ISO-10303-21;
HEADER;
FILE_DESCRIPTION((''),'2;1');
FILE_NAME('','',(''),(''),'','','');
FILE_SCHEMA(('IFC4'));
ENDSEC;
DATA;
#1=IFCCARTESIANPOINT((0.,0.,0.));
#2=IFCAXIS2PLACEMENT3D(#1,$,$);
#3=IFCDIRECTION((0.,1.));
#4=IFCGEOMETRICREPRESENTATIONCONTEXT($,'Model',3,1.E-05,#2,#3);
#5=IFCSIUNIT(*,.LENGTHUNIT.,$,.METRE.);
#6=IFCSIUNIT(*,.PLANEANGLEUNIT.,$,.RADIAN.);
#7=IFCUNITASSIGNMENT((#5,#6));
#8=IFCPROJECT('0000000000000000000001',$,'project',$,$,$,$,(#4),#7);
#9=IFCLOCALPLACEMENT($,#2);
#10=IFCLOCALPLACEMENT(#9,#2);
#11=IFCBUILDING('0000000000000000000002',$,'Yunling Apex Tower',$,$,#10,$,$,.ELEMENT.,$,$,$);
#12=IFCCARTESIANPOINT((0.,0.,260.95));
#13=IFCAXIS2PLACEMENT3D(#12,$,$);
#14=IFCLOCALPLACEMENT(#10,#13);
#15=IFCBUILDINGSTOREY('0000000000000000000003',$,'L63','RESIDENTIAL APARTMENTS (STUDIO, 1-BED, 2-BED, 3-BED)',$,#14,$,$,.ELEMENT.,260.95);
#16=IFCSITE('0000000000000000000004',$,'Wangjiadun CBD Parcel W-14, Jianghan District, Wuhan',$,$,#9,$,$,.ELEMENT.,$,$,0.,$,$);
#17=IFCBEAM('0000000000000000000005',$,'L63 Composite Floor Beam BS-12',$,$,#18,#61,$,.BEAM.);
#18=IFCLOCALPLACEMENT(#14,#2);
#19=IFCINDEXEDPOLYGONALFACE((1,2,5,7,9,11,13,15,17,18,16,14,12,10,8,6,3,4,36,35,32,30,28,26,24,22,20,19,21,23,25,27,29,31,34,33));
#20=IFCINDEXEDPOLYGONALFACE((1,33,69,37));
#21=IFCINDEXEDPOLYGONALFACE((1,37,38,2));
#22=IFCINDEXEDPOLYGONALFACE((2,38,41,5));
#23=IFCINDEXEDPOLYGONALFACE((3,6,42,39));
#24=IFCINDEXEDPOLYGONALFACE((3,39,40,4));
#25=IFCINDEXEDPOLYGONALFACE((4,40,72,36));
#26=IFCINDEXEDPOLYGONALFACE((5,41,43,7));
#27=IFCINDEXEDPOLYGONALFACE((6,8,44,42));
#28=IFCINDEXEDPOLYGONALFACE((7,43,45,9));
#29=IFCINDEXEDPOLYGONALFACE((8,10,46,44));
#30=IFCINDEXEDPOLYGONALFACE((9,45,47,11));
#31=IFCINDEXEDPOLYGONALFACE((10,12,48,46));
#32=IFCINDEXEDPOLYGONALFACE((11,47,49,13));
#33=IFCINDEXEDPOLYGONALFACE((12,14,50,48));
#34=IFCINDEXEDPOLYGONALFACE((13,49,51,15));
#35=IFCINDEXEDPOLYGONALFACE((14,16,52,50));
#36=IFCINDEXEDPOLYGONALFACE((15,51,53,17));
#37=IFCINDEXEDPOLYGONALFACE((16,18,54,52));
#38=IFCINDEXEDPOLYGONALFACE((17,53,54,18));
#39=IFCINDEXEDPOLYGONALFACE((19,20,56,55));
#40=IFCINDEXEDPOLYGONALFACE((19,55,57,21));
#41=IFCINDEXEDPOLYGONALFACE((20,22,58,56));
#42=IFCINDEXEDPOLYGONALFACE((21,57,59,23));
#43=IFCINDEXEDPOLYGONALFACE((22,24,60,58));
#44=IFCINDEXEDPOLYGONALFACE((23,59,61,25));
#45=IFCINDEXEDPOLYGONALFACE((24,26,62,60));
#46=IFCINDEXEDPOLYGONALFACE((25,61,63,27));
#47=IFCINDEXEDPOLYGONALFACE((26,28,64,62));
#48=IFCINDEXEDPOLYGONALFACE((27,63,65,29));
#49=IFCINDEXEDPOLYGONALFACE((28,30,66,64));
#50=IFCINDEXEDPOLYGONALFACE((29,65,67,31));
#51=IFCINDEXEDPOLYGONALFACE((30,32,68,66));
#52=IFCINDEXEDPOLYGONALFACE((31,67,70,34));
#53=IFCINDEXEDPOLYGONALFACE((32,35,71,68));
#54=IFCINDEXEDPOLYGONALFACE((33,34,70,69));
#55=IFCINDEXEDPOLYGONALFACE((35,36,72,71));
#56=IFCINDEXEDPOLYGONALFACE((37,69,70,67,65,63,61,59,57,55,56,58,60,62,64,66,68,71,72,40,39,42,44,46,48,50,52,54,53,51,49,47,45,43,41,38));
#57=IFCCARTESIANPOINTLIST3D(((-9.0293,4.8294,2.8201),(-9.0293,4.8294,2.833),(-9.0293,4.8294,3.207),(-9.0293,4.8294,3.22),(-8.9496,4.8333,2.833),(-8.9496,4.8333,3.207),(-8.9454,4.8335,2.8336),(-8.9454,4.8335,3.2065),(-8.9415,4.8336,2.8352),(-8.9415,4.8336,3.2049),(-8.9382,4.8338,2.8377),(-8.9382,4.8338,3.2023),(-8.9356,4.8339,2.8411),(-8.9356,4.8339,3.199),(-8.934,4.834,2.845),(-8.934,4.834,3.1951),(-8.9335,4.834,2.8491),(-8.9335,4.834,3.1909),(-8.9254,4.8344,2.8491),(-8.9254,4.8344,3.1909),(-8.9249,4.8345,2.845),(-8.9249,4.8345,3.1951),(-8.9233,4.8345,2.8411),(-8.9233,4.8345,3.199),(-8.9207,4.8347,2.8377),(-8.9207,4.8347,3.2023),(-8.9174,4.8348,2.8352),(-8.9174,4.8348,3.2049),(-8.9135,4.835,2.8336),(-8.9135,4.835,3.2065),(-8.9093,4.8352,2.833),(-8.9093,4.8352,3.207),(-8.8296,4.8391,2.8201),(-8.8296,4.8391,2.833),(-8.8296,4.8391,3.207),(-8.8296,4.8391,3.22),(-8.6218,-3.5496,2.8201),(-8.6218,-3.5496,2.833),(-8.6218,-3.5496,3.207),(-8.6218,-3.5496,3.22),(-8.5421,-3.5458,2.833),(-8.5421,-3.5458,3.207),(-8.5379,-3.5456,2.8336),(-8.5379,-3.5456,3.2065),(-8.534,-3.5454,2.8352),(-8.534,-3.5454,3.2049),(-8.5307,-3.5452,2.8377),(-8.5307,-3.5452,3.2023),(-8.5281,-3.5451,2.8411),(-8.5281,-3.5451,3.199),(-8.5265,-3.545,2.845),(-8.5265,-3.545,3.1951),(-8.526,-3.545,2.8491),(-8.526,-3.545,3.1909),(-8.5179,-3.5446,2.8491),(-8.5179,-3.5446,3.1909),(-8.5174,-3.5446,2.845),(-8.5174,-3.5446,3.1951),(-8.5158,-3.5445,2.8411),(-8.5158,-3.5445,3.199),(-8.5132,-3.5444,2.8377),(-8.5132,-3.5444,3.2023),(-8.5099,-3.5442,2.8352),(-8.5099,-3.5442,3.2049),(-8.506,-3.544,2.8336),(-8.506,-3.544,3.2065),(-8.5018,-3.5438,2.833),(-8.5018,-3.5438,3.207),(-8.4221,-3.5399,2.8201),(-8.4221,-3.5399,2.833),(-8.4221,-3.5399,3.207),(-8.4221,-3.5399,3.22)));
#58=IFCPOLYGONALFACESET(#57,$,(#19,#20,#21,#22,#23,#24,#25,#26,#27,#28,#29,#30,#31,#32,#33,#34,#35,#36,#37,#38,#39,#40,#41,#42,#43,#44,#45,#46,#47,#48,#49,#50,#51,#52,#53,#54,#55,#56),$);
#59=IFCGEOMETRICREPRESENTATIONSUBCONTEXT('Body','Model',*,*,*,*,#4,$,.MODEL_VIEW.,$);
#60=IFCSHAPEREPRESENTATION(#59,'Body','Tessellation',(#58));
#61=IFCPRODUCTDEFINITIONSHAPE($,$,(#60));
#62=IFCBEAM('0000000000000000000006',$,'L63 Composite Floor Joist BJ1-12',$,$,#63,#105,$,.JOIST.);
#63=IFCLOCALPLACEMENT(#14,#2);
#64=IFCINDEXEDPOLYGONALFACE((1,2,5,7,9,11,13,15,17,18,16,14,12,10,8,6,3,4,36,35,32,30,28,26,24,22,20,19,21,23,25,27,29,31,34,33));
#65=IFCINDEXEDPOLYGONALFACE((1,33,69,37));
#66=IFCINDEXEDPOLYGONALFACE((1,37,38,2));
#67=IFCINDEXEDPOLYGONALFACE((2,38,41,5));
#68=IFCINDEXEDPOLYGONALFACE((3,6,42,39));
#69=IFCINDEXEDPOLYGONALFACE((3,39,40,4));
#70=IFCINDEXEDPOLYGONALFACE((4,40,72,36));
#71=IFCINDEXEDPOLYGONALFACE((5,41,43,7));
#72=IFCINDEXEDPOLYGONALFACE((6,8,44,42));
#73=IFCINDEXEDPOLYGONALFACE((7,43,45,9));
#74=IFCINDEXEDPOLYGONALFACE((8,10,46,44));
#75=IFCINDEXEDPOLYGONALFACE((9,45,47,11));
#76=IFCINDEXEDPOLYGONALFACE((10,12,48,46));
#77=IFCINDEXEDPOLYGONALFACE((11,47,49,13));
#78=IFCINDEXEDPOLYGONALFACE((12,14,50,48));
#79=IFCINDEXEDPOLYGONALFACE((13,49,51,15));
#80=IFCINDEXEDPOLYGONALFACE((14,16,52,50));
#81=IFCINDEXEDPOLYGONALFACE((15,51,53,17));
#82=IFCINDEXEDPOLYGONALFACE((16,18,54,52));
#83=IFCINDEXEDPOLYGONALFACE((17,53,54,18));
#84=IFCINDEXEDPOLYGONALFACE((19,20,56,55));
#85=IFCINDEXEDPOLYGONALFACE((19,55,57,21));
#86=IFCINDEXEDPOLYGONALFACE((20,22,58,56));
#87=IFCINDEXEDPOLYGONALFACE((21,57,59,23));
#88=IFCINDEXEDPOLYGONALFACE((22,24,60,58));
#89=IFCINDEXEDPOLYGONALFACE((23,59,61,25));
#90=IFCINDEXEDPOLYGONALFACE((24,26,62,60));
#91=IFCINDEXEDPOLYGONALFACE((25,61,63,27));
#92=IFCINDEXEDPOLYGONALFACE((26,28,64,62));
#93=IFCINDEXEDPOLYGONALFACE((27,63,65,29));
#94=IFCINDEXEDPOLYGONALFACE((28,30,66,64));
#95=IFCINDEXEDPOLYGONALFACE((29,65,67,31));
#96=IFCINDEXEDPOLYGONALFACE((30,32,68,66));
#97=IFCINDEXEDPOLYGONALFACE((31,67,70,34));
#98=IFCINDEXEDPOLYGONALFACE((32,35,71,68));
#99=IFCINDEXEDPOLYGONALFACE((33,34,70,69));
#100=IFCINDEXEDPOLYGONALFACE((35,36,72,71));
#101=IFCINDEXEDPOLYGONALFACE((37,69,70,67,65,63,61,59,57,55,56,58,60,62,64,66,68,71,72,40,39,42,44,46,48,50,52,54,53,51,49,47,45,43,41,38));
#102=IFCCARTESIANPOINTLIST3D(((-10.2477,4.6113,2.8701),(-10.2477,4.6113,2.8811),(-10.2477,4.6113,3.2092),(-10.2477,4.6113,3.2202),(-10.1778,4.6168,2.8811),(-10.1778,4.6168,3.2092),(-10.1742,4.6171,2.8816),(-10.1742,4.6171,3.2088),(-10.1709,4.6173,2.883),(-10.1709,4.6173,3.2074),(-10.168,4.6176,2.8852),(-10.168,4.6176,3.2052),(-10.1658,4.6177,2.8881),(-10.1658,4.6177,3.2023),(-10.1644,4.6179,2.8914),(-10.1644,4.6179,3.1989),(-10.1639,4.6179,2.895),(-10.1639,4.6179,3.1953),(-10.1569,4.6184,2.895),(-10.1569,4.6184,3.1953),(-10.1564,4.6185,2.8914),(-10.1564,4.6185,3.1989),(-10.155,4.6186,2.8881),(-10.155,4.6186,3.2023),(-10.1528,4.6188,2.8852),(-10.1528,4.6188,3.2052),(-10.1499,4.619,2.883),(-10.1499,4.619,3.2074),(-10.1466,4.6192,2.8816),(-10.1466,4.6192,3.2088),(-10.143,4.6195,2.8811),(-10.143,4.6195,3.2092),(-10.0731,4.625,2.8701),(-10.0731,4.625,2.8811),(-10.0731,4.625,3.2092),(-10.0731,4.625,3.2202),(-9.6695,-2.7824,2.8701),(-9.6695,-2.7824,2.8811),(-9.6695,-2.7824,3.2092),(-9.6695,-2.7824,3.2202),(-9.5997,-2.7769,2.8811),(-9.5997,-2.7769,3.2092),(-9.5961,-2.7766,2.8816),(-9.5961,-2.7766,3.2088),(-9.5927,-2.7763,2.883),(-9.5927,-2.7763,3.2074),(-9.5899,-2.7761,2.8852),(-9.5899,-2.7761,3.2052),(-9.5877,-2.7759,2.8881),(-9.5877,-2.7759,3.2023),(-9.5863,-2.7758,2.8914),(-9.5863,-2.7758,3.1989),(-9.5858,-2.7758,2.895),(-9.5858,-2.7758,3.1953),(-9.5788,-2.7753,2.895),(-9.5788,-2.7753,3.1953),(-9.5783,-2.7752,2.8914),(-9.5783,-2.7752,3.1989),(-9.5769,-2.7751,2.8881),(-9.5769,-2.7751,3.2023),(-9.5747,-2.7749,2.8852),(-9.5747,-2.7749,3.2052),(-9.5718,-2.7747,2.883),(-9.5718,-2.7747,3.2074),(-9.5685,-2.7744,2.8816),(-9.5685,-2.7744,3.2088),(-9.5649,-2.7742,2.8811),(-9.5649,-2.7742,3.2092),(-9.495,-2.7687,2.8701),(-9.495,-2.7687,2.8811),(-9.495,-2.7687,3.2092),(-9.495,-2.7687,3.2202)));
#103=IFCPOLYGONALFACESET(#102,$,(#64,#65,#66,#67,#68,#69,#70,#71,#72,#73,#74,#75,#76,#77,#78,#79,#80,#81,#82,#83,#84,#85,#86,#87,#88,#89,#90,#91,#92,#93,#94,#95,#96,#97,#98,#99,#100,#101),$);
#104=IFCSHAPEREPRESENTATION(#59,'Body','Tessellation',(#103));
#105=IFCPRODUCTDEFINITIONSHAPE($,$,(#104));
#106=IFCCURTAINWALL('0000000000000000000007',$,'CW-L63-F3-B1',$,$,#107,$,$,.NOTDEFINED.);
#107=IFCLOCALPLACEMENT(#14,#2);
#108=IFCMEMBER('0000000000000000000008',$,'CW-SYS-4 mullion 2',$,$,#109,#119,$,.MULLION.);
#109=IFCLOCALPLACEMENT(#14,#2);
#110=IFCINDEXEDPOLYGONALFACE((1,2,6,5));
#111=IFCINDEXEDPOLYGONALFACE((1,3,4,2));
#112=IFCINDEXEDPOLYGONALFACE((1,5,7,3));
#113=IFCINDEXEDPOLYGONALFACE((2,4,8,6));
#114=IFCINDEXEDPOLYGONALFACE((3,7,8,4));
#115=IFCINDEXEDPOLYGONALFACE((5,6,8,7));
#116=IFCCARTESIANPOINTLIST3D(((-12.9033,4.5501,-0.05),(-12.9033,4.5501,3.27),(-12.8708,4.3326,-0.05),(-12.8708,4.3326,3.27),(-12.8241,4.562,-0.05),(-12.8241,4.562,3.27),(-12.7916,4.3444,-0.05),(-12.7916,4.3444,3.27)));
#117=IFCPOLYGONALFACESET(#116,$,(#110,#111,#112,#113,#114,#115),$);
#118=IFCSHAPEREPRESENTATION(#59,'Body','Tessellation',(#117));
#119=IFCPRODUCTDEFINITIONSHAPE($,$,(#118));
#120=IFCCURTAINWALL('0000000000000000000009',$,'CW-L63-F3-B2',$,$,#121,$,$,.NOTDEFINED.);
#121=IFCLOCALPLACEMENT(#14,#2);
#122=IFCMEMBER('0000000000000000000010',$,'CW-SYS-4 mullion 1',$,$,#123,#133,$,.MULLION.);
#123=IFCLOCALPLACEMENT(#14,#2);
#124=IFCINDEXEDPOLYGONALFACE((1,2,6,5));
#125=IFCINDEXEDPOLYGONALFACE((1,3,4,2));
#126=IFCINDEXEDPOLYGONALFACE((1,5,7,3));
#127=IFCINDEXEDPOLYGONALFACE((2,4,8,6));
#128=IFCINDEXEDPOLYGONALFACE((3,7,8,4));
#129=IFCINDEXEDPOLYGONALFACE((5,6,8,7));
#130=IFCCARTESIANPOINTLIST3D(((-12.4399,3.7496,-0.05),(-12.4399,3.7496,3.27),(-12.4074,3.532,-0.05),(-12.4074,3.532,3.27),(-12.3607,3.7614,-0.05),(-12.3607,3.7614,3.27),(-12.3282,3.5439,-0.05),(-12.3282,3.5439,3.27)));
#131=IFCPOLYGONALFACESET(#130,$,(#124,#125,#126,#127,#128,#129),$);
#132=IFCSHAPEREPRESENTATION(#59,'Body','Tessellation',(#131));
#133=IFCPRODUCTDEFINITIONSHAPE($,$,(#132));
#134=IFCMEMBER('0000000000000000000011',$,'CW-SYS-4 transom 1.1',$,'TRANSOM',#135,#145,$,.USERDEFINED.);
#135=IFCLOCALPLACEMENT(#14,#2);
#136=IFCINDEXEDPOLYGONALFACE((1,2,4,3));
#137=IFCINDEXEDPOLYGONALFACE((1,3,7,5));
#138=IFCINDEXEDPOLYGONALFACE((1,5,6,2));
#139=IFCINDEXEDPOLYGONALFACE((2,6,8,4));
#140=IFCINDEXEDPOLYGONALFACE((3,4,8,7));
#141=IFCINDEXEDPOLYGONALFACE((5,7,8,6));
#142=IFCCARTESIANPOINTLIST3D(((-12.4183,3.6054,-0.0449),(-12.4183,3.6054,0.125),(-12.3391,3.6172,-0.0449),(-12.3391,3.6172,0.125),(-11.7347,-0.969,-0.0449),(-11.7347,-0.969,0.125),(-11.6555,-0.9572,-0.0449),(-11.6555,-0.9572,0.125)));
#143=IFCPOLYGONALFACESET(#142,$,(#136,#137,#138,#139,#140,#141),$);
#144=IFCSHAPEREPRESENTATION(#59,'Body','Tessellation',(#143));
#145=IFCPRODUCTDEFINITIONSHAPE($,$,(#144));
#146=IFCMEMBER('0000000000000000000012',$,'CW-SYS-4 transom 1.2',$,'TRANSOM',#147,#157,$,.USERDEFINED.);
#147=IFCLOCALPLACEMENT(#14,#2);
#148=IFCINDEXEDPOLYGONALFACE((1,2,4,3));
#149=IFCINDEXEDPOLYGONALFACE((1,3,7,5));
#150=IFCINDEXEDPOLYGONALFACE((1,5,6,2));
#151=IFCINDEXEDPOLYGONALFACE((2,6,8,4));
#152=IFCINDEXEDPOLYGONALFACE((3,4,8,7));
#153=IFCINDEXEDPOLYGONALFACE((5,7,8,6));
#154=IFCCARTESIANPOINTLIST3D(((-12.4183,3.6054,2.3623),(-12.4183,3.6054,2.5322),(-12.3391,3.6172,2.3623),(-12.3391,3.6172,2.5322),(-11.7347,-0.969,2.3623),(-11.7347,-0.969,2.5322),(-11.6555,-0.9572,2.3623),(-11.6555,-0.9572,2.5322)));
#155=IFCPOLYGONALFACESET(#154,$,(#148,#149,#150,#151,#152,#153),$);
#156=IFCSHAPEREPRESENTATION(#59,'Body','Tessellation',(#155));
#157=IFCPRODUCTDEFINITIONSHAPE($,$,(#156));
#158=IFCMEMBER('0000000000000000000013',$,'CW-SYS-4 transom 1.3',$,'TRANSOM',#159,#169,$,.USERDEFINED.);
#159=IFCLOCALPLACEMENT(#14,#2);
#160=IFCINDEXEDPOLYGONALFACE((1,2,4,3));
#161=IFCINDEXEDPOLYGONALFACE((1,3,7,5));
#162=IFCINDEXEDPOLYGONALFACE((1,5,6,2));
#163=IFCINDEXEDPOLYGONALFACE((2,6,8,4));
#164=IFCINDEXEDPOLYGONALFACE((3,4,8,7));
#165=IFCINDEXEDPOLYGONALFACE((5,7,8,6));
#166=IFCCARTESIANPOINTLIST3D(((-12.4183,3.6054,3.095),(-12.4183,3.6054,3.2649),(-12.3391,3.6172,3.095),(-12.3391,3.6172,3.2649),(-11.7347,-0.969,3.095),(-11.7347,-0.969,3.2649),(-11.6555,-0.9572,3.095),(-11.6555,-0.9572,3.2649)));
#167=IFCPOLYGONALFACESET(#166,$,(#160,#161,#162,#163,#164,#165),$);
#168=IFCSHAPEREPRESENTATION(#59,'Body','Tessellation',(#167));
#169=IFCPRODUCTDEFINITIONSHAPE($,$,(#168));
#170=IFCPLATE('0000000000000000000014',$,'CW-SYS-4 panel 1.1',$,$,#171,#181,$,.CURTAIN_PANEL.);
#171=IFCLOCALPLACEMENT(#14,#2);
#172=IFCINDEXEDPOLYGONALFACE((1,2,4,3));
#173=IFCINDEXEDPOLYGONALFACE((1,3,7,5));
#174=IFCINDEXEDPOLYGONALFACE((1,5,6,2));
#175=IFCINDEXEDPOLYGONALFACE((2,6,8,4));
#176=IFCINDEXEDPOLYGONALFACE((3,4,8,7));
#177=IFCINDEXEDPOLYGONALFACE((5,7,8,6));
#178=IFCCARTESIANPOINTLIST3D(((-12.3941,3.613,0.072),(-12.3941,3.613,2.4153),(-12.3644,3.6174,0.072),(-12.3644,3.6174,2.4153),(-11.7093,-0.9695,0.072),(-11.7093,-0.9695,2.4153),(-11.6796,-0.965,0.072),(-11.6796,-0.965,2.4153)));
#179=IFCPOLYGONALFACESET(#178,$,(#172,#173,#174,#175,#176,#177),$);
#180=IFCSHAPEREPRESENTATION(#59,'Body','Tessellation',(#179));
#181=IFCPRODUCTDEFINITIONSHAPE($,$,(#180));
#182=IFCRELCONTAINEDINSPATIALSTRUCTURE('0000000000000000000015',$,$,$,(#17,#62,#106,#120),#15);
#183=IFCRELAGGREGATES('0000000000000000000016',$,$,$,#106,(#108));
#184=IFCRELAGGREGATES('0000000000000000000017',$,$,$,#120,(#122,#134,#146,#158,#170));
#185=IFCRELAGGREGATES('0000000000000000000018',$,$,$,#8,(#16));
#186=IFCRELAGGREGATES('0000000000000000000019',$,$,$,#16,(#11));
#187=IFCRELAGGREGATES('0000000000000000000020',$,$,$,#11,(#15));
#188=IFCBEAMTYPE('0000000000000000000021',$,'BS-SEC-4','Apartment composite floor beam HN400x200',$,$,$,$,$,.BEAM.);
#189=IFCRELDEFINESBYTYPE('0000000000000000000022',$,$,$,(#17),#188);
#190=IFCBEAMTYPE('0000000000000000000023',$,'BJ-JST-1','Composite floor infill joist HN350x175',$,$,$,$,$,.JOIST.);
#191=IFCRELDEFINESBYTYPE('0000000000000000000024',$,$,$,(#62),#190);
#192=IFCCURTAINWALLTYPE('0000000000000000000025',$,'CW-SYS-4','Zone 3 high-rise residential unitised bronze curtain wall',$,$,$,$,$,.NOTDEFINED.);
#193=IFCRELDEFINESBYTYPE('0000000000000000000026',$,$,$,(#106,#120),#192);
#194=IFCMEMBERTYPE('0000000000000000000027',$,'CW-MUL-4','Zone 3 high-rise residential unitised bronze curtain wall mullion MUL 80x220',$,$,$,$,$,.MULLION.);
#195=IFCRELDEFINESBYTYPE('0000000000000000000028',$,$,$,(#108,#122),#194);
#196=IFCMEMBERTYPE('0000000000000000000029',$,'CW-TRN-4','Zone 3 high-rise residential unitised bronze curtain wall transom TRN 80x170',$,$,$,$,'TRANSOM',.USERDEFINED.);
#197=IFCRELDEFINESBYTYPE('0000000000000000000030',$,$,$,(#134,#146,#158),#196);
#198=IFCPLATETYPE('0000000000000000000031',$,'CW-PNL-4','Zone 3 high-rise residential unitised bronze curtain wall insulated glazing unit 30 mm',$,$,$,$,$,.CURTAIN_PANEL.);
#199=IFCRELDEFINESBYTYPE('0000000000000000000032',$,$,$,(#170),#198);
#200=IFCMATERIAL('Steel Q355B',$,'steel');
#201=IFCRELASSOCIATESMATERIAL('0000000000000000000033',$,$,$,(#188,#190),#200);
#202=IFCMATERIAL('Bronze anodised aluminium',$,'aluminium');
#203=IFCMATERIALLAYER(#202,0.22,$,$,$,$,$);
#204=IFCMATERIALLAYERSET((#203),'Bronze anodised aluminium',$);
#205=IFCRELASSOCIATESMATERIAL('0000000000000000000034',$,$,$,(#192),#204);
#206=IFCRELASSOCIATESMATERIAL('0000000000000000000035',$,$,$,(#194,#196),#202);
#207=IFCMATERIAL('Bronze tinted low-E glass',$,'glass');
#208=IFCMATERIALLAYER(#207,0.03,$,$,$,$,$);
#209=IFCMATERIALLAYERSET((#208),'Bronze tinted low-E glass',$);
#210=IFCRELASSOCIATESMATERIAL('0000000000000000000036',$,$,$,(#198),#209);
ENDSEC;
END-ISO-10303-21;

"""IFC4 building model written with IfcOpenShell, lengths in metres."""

from ifc_helpers import new_model, si_unit, direction, frame, origin, origin_2d, place, context, subcontext, project, spatial, rectangle, i_section, extrude, source, transform, mapped, material, layer, layer_set, material_profile, profile_set, type_object, element, aggregate, save


model = new_model("IFC4")

# Units and contexts
model_context = context("Model", 3, precision=1e-05, world=origin(), true_north=direction((0.0, 1.0)))
body_context = subcontext(model_context, "Body", "Model", "MODEL_VIEW")
ifc_project = project(units=[si_unit("LENGTHUNIT", "METRE"), si_unit("PLANEANGLEUNIT", "RADIAN")], contexts=[model_context])

# Site, building, storey
site_placement = place(None, origin())
site = spatial("IfcSite", under=ifc_project, at=site_placement, Name="Wangjiadun CBD Parcel W-14, Jianghan District, Wuhan", CompositionType="ELEMENT", RefElevation=0.0)
building_placement = place(site_placement, origin())
building = spatial("IfcBuilding", under=site, at=building_placement, Name="Yunling Apex Tower", CompositionType="ELEMENT")
storey_placement = place(building_placement, frame((0.0, 0.0, 260.95)))
storey = spatial("IfcBuildingStorey", under=building, at=storey_placement, Name="L63", Description="RESIDENTIAL APARTMENTS (STUDIO, 1-BED, 2-BED, 3-BED)", CompositionType="ELEMENT", Elevation=260.95)

# Shared definitions
ifc_material_1 = material(Name="Steel Q355B", Category="steel")

# Beams
ifc_material_profile_1 = material_profile(ifc_material_1, i_section(OverallWidth=0.2, OverallDepth=0.3999, WebThickness=0.0081, FlangeThickness=0.0129, FilletRadius=0.0161, at=origin_2d()))
ifc_profile_set_1 = profile_set([ifc_material_profile_1], Name="Steel Q355B")
beam_type_1 = type_object("IfcBeamType", Name="BS-SEC-4", Description="Apartment composite floor beam HN400x200", PredefinedType="BEAM", material=ifc_profile_set_1)
shared_shape_1 = source(origin(), body_context, "Body", "SweptSolid", [
    extrude(i_section(OverallWidth=0.2, OverallDepth=0.3999, WebThickness=0.0081, FlangeThickness=0.0129, FilletRadius=0.0161, at=origin_2d()), origin(), (0.0, 0.0, 1.0), 8.3889),
])
beam_1_placement = place(storey_placement, frame((-8.9294, 4.8342, 3.02), z_axis=(0.048573, -0.99882, 0.0), x_axis=(0.99882, 0.048573, 0.0)))
element("IfcBeam", 1, at=beam_1_placement, inside=storey, type_object=beam_type_1, Name="L63 Composite Floor Beam BS-12", PredefinedType="BEAM", context=body_context, shape_type="MappedRepresentation", body=[
    mapped(shared_shape_1, transform((0.0, 0.0, 0.0), scale=1.0)),
])
ifc_material_profile_2 = material_profile(ifc_material_1, i_section(OverallWidth=0.175, OverallDepth=0.3501, WebThickness=0.0071, FlangeThickness=0.011, FilletRadius=0.0139, at=origin_2d()))
ifc_profile_set_2 = profile_set([ifc_material_profile_2], Name="Steel Q355B")
beam_type_2 = type_object("IfcBeamType", Name="BJ-JST-1", Description="Composite floor infill joist HN350x175", PredefinedType="JOIST", material=ifc_profile_set_2)
shared_shape_2 = source(origin(), body_context, "Body", "SweptSolid", [
    extrude(i_section(OverallWidth=0.175, OverallDepth=0.3501, WebThickness=0.0071, FlangeThickness=0.011, FilletRadius=0.0139, at=origin_2d()), origin(), (0.0, 0.0, 1.0), 7.4163),
])
beam_2_placement = place(storey_placement, frame((-10.1604, 4.6182, 3.0452), z_axis=(0.077953, -0.996957, 0.0), x_axis=(0.996957, 0.077953, 0.0)))
element("IfcBeam", 2, at=beam_2_placement, inside=storey, type_object=beam_type_2, Name="L63 Composite Floor Joist BJ1-12", PredefinedType="JOIST", context=body_context, shape_type="MappedRepresentation", body=[
    mapped(shared_shape_2, transform((0.0, 0.0, 0.0), scale=1.0)),
])

# Curtain wall, member
ifc_material_2 = material(Name="Bronze anodised aluminium", Category="aluminium")
ifc_layer_1 = layer(ifc_material_2, 0.22)
ifc_layer_set_1 = layer_set([ifc_layer_1], Name="Bronze anodised aluminium")
curtain_wall_type = type_object("IfcCurtainWallType", Name="CW-SYS-4", Description="Zone 3 high-rise residential unitised bronze curtain wall", PredefinedType="NOTDEFINED", material=ifc_layer_set_1)
curtain_wall_1_placement = place(storey_placement, origin())
curtain_wall_1 = element("IfcCurtainWall", 3, at=curtain_wall_1_placement, inside=storey, type_object=curtain_wall_type, Name="CW-L63-F3-B1", PredefinedType="NOTDEFINED")
ifc_material_profile_3 = material_profile(ifc_material_2, rectangle(XDim=0.0801, YDim=0.22, at=origin_2d()))
ifc_profile_set_3 = profile_set([ifc_material_profile_3], Name="Bronze anodised aluminium")
member_type_1 = type_object("IfcMemberType", Name="CW-MUL-4", Description="Zone 3 high-rise residential unitised bronze curtain wall mullion MUL 80x220", PredefinedType="MULLION", material=ifc_profile_set_3)
shared_shape_3 = source(origin(), body_context, "Body", "SweptSolid", [
    extrude(rectangle(XDim=0.0801, YDim=0.22, at=origin_2d()), origin(), (0.0, 0.0, 1.0), 3.3201),
])
member_1_placement = place(storey_placement, frame((-12.8474, 4.4473, -0.05), z_axis=(0.0, 0.0, 1.0), x_axis=(0.989016, 0.147807, 0.0)))
member_1 = element("IfcMember", 4, at=member_1_placement, type_object=member_type_1, Name="CW-SYS-4 mullion 2", PredefinedType="MULLION", context=body_context, shape_type="MappedRepresentation", body=[
    mapped(shared_shape_3, transform((0.0, 0.0, 0.0), scale=1.0)),
])
aggregate(curtain_wall_1, [member_1])

# Curtain wall, members, plate
curtain_wall_2_placement = place(storey_placement, origin())
curtain_wall_2 = element("IfcCurtainWall", 5, at=curtain_wall_2_placement, inside=storey, type_object=curtain_wall_type, Name="CW-L63-F3-B2", PredefinedType="NOTDEFINED")
member_2_placement = place(storey_placement, frame((-12.384, 3.6467, -0.05), z_axis=(0.0, 0.0, 1.0), x_axis=(0.989017, 0.147804, 0.0)))
member_2 = element("IfcMember", 6, at=member_2_placement, type_object=member_type_1, Name="CW-SYS-4 mullion 1", PredefinedType="MULLION", context=body_context, shape_type="MappedRepresentation", body=[
    mapped(shared_shape_3, transform((0.0, 0.0, 0.0), scale=1.0)),
])
ifc_material_profile_4 = material_profile(ifc_material_2, rectangle(XDim=0.0801, YDim=0.1699, at=origin_2d()))
ifc_profile_set_4 = profile_set([ifc_material_profile_4], Name="Bronze anodised aluminium")
member_type_2 = type_object("IfcMemberType", Name="CW-TRN-4", Description="Zone 3 high-rise residential unitised bronze curtain wall transom TRN 80x170", ElementType="TRANSOM", PredefinedType="USERDEFINED", material=ifc_profile_set_4)
shared_shape_4 = source(origin(), body_context, "Body", "SweptSolid", [
    extrude(rectangle(XDim=0.0801, YDim=0.1699, at=origin_2d()), origin(), (0.0, 0.0, 1.0), 4.6252),
])
member_3_placement = place(storey_placement, frame((-12.3787, 3.6113, 0.04), z_axis=(0.147796, -0.989018, 0.0), x_axis=(0.989018, 0.147796, 0.0)))
member_3 = element("IfcMember", 7, at=member_3_placement, type_object=member_type_2, Name="CW-SYS-4 transom 1.1", ObjectType="TRANSOM", PredefinedType="USERDEFINED", context=body_context, shape_type="MappedRepresentation", body=[
    mapped(shared_shape_4, transform((0.0, 0.0, 0.0), scale=1.0)),
])
member_4_placement = place(storey_placement, frame((-12.3787, 3.6113, 2.4473), z_axis=(0.147796, -0.989018, 0.0), x_axis=(0.989018, 0.147796, 0.0)))
member_4 = element("IfcMember", 8, at=member_4_placement, type_object=member_type_2, Name="CW-SYS-4 transom 1.2", ObjectType="TRANSOM", PredefinedType="USERDEFINED", context=body_context, shape_type="MappedRepresentation", body=[
    mapped(shared_shape_4, transform((0.0, 0.0, 0.0), scale=1.0)),
])
member_5_placement = place(storey_placement, frame((-12.3787, 3.6113, 3.1799), z_axis=(0.147796, -0.989018, 0.0), x_axis=(0.989018, 0.147796, 0.0)))
member_5 = element("IfcMember", 9, at=member_5_placement, type_object=member_type_2, Name="CW-SYS-4 transom 1.3", ObjectType="TRANSOM", PredefinedType="USERDEFINED", context=body_context, shape_type="MappedRepresentation", body=[
    mapped(shared_shape_4, transform((0.0, 0.0, 0.0), scale=1.0)),
])
ifc_material_3 = material(Name="Bronze tinted low-E glass", Category="glass")
ifc_layer_2 = layer(ifc_material_3, 0.03)
ifc_layer_set_2 = layer_set([ifc_layer_2], Name="Bronze tinted low-E glass")
plate_type = type_object("IfcPlateType", Name="CW-PNL-4", Description="Zone 3 high-rise residential unitised bronze curtain wall insulated glazing unit 30 mm", PredefinedType="CURTAIN_PANEL", material=ifc_layer_set_2)
shared_shape_5 = source(origin(), body_context, "Body", "SweptSolid", [
    extrude(rectangle(XDim=4.6333, YDim=0.03, at=origin_2d()), origin(), (0.0, 0.0, 1.0), 2.3433),
])
plate_1_placement = place(storey_placement, frame((-12.0369, 1.324, 0.072), z_axis=(0.0, 0.0, 1.0), x_axis=(0.147804, -0.989017, 0.0)))
plate_1 = element("IfcPlate", 10, at=plate_1_placement, type_object=plate_type, Name="CW-SYS-4 panel 1.1", PredefinedType="CURTAIN_PANEL", context=body_context, shape_type="MappedRepresentation", body=[
    mapped(shared_shape_5, transform((0.0, 0.0, 0.0), scale=1.0)),
])
aggregate(curtain_wall_2, [member_2, member_3, member_4, member_5, plate_1])

save(model, "model.ifc")
